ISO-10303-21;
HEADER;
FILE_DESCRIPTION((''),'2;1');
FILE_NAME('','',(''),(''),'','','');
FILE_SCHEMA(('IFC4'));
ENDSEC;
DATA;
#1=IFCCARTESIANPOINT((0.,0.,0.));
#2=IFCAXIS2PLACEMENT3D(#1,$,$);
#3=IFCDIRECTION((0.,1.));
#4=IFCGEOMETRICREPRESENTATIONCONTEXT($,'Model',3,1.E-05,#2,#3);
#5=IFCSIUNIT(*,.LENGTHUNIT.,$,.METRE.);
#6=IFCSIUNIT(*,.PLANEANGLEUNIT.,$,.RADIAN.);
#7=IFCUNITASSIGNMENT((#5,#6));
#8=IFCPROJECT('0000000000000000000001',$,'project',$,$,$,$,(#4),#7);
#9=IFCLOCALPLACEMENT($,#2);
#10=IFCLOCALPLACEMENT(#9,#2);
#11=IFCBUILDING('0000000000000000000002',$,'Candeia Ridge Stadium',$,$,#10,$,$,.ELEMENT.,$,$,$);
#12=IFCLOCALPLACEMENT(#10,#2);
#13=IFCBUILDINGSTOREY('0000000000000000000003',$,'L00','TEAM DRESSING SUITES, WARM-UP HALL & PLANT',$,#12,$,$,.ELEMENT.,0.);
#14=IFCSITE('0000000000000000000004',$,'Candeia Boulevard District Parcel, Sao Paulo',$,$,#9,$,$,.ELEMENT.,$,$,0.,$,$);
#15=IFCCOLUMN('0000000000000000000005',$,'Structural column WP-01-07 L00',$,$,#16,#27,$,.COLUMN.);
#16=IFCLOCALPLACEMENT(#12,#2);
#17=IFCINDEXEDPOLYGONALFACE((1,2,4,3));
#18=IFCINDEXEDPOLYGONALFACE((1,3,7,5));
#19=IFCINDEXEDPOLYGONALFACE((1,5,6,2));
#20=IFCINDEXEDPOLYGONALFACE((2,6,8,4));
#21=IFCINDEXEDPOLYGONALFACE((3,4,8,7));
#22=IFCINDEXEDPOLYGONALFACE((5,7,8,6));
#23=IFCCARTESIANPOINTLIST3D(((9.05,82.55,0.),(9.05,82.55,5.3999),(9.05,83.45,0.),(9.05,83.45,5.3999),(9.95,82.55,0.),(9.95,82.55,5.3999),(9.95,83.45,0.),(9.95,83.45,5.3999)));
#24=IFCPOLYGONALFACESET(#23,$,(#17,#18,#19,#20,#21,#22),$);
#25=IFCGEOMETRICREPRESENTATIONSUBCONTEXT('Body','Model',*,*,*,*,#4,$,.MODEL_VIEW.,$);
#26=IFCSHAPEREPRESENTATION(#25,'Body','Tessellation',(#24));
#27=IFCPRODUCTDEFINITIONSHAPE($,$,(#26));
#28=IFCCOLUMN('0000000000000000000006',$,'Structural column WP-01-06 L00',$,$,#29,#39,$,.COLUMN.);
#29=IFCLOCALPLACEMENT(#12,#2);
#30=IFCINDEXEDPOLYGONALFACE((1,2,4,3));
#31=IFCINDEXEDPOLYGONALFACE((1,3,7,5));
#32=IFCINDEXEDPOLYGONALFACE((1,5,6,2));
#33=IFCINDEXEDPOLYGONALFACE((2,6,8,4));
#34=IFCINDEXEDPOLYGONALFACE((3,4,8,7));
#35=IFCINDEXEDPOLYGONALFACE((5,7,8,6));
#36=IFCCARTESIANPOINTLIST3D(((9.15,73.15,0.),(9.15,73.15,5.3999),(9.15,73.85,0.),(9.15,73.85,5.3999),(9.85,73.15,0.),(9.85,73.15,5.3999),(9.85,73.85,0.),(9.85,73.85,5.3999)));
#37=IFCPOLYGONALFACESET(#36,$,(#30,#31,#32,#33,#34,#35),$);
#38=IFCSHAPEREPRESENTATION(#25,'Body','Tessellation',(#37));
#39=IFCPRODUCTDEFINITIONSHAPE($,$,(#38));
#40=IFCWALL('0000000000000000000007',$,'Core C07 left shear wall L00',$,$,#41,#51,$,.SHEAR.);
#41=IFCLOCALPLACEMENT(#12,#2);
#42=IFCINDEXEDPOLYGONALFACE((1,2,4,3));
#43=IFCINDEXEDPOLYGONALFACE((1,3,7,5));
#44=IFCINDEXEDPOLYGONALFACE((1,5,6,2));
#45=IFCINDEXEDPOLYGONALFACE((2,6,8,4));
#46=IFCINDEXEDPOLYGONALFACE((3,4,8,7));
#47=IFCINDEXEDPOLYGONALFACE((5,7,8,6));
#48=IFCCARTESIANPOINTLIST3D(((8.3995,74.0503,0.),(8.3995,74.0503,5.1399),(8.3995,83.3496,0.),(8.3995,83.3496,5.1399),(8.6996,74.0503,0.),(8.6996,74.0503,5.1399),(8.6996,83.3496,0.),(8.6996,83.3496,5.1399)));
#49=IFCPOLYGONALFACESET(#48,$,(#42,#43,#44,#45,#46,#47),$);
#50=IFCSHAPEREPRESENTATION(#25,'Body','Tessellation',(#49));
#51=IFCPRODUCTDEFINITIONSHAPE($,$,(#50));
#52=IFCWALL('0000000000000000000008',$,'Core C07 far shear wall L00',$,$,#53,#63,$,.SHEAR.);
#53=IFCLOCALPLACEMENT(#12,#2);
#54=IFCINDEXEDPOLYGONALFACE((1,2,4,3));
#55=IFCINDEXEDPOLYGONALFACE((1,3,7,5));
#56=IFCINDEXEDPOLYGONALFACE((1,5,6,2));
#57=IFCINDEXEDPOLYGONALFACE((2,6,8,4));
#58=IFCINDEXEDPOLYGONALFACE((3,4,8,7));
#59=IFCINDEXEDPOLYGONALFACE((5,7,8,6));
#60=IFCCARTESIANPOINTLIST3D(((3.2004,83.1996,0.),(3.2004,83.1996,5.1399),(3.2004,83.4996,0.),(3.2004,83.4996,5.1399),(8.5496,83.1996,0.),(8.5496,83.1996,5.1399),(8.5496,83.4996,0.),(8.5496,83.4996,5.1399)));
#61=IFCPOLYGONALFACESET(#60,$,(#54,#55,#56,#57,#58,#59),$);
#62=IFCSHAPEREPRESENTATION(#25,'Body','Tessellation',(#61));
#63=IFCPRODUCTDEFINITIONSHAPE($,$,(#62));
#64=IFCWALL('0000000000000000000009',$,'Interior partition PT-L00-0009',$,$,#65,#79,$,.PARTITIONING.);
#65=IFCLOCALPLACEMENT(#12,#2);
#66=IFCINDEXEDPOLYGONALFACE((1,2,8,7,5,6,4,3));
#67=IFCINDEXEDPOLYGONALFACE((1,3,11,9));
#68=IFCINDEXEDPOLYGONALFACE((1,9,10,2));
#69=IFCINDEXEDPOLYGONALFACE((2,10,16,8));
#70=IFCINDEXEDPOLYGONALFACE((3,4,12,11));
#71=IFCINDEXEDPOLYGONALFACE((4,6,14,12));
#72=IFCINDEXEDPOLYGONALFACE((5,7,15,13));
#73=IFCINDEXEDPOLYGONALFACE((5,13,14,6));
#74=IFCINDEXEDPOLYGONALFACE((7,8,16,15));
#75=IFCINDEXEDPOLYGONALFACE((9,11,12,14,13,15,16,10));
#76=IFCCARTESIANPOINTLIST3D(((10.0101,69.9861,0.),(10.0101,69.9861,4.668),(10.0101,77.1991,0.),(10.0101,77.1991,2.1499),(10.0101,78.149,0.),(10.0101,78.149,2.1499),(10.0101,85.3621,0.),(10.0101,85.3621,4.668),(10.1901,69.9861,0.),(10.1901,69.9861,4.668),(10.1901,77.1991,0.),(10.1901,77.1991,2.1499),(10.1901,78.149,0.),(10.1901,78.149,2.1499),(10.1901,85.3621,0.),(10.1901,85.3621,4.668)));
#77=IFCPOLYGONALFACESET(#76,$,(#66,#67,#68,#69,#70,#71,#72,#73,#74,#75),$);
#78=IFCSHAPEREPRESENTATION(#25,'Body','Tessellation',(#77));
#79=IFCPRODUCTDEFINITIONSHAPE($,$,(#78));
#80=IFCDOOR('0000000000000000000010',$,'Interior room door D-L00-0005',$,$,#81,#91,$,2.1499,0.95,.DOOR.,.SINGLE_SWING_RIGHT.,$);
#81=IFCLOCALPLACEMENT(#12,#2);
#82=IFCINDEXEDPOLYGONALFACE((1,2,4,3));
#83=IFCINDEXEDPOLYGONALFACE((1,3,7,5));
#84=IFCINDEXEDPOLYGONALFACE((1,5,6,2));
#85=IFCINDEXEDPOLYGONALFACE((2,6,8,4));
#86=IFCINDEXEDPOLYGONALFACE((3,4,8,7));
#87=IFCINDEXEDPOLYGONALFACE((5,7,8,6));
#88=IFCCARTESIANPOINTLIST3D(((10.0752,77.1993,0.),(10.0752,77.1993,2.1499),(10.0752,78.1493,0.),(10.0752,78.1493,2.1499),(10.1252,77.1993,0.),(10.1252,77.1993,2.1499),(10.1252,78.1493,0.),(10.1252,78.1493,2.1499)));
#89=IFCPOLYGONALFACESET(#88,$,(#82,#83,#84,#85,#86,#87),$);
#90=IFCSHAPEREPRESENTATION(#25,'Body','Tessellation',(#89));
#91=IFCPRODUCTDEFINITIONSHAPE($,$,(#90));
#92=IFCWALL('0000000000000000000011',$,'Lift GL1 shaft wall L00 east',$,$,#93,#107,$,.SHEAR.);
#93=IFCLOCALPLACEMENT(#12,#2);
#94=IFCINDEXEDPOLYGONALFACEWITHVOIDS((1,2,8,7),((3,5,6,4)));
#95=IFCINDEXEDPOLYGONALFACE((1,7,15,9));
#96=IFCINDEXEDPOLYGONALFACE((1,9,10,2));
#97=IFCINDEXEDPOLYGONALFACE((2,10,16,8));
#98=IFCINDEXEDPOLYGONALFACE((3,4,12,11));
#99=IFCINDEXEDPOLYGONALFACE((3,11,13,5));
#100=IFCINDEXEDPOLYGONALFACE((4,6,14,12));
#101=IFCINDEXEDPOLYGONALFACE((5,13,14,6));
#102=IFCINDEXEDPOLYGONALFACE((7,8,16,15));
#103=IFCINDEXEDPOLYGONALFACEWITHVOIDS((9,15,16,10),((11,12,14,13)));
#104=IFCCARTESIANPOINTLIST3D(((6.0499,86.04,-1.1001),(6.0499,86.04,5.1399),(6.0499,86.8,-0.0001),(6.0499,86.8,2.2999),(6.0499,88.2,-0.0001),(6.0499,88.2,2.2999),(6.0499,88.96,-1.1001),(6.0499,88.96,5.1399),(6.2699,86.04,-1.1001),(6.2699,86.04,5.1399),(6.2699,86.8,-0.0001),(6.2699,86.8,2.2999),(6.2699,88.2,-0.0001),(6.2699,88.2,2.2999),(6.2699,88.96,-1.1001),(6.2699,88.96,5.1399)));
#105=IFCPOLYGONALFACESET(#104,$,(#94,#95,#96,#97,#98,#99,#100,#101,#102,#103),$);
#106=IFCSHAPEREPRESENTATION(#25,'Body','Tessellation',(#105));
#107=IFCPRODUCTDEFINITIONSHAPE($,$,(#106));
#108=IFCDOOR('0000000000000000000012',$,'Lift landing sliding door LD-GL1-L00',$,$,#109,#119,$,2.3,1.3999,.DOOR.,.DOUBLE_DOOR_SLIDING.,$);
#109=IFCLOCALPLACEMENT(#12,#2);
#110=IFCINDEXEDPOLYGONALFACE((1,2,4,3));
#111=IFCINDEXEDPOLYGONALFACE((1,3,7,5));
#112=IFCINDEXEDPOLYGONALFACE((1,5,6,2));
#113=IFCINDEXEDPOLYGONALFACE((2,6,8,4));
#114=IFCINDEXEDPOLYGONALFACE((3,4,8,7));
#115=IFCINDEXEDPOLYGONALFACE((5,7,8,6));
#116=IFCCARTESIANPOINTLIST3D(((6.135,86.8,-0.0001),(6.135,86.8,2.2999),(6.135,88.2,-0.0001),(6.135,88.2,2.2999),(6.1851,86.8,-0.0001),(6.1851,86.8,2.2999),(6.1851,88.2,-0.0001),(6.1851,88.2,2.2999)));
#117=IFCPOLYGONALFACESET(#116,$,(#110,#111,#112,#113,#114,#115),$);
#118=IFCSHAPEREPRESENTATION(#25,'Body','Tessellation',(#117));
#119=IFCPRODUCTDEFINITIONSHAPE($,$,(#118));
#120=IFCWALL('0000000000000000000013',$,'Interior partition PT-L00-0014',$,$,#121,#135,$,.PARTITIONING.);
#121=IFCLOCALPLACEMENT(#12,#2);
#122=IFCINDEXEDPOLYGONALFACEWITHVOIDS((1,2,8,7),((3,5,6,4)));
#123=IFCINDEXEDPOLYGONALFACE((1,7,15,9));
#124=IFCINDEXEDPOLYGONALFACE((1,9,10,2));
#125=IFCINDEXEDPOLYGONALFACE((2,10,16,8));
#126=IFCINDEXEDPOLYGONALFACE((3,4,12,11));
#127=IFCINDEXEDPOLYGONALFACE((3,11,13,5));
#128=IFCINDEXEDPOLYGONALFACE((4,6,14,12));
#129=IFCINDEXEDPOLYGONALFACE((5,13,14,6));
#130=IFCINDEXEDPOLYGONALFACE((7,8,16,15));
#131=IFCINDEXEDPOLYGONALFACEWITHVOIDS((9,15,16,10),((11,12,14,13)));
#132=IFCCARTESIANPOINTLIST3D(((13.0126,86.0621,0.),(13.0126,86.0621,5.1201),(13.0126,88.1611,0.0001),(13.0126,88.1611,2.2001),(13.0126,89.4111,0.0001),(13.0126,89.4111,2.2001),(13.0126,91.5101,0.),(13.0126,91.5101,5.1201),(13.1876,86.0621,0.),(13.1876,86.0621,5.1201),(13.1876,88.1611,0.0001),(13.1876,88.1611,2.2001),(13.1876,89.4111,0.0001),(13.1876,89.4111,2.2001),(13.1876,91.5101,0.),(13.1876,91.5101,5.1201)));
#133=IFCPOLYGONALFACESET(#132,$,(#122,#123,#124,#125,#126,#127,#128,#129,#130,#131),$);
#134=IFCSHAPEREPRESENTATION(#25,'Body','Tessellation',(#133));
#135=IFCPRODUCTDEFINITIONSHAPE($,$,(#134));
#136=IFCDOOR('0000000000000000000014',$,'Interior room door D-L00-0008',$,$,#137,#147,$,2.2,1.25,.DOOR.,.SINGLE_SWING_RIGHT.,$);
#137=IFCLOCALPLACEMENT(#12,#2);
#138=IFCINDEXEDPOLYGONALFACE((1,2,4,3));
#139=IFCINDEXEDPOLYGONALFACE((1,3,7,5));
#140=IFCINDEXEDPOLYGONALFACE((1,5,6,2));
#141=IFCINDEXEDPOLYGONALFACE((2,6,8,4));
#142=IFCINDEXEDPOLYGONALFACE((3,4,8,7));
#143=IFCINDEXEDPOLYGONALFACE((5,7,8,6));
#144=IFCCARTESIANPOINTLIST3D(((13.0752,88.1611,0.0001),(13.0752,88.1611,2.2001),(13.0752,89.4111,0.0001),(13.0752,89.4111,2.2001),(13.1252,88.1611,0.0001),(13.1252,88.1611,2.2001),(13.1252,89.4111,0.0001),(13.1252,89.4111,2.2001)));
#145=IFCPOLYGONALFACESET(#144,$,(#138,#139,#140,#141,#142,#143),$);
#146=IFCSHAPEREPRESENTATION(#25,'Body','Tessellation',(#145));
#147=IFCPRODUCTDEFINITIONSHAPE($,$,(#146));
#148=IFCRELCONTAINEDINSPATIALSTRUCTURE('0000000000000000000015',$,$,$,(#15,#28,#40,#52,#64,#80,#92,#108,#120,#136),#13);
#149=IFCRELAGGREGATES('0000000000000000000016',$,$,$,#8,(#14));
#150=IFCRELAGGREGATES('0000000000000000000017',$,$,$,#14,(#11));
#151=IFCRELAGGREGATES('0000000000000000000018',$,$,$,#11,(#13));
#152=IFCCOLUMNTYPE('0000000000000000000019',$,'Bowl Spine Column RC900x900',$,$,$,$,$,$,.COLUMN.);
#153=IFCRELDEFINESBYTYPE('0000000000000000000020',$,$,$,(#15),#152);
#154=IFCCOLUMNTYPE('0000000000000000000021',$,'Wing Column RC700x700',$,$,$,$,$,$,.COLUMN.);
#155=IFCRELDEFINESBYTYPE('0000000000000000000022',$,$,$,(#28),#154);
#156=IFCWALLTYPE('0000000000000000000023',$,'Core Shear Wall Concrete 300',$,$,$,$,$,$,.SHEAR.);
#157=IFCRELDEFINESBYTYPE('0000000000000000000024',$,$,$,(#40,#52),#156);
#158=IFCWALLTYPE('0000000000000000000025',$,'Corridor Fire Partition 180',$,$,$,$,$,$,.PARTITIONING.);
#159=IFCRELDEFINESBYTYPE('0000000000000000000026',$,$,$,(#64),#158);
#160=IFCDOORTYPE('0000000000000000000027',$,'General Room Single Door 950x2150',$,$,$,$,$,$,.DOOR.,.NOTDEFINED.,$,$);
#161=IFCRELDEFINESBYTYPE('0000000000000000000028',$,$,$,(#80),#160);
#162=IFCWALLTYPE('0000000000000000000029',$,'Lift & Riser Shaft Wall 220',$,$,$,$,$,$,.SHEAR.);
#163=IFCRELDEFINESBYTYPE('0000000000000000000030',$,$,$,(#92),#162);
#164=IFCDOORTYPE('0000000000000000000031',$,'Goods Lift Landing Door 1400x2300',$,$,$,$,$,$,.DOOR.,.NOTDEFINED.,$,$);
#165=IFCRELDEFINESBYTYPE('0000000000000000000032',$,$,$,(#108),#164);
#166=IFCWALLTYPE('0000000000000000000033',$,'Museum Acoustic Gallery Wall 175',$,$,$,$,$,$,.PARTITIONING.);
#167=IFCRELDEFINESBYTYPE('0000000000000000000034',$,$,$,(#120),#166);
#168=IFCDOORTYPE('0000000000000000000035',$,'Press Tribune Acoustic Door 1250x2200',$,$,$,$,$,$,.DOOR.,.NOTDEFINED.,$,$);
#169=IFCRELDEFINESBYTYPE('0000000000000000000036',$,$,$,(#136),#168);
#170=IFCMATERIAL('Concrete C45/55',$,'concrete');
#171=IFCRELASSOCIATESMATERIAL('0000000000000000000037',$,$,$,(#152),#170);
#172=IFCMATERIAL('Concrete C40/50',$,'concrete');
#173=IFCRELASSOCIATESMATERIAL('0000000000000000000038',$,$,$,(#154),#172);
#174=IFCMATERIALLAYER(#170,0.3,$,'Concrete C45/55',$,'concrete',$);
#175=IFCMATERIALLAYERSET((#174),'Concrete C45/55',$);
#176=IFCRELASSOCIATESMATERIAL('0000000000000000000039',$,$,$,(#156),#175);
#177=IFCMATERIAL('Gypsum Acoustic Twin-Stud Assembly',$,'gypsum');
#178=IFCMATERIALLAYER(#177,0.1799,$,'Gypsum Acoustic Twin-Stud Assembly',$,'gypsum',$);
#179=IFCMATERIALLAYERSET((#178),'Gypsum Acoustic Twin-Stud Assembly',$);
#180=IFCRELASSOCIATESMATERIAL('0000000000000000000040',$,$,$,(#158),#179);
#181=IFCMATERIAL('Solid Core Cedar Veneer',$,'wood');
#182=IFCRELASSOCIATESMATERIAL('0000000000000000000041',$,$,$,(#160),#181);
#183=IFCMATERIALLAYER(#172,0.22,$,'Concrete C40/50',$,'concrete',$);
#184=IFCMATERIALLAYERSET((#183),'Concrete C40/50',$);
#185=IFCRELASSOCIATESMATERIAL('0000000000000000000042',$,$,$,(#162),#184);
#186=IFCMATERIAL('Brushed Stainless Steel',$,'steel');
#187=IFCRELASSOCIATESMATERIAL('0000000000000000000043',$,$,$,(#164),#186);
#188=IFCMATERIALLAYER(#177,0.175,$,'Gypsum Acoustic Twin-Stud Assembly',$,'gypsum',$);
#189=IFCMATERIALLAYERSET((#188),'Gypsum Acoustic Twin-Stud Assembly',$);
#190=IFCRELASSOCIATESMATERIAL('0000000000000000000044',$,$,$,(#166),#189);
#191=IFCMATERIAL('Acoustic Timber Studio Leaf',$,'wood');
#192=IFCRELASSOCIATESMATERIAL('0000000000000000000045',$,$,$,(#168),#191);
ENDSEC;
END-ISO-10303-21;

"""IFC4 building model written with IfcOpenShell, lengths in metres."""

from ifc_helpers import new_model, si_unit, direction, frame, frame_2d, origin, origin_2d, place, context, subcontext, project, spatial, rectangle, extrude, material, layer, layer_set, material_profile, profile_set, type_object, element, fill, save


model = new_model("IFC4")

# Units and contexts
model_context = context("Model", 3, precision=1e-05, world=origin(), true_north=direction((0.0, 1.0)))
body_context = subcontext(model_context, "Body", "Model", "MODEL_VIEW")
ifc_project = project(units=[si_unit("LENGTHUNIT", "METRE"), si_unit("PLANEANGLEUNIT", "RADIAN")], contexts=[model_context])

# Site, building, storey
site_placement = place(None, origin())
site = spatial("IfcSite", under=ifc_project, at=site_placement, Name="Candeia Boulevard District Parcel, Sao Paulo", CompositionType="ELEMENT", RefElevation=0.0)
building_placement = place(site_placement, origin())
building = spatial("IfcBuilding", under=site, at=building_placement, Name="Candeia Ridge Stadium", CompositionType="ELEMENT")
storey_placement = place(building_placement, origin())
storey = spatial("IfcBuildingStorey", under=building, at=storey_placement, Name="L00", Description="TEAM DRESSING SUITES, WARM-UP HALL & PLANT", CompositionType="ELEMENT", Elevation=0.0)

# Shared definitions
ifc_material_1 = material(Name="Concrete C40/50", Category="concrete")

# Columns
ifc_material_2 = material(Name="Concrete C45/55", Category="concrete")
ifc_material_profile_1 = material_profile(ifc_material_2, rectangle(XDim=0.8999, YDim=0.8999, at=origin_2d()), Name="RC900x900", Category="concrete")
ifc_profile_set_1 = profile_set([ifc_material_profile_1], Name="Concrete C45/55")
column_type_1 = type_object("IfcColumnType", Name="Bowl Spine Column RC900x900", PredefinedType="COLUMN", material=ifc_profile_set_1)
column_1_placement = place(storey_placement, frame((9.5, 83.0, 0.0), z_axis=(0.0, 0.0, 1.0), x_axis=(1.0, 0.0, 0.0)))
element("IfcColumn", 1, at=column_1_placement, inside=storey, type_object=column_type_1, Name="Structural column WP-01-07 L00", PredefinedType="COLUMN", context=body_context, shape_type="SweptSolid", body=[
    extrude(rectangle(XDim=0.8999, YDim=0.8999, at=origin_2d()), origin(), (0.0, 0.0, 1.0), 5.3999),
])
ifc_material_profile_2 = material_profile(ifc_material_1, rectangle(XDim=0.7, YDim=0.7, at=origin_2d()), Name="RC700x700", Category="concrete")
ifc_profile_set_2 = profile_set([ifc_material_profile_2], Name="Concrete C40/50")
column_type_2 = type_object("IfcColumnType", Name="Wing Column RC700x700", PredefinedType="COLUMN", material=ifc_profile_set_2)
column_2_placement = place(storey_placement, frame((9.5, 73.5, 0.0), z_axis=(0.0, 0.0, 1.0), x_axis=(1.0, 0.0, 0.0)))
element("IfcColumn", 2, at=column_2_placement, inside=storey, type_object=column_type_2, Name="Structural column WP-01-06 L00", PredefinedType="COLUMN", context=body_context, shape_type="SweptSolid", body=[
    extrude(rectangle(XDim=0.7, YDim=0.7, at=origin_2d()), origin(), (0.0, 0.0, 1.0), 5.3999),
])

# Walls
ifc_layer_1 = layer(ifc_material_2, 0.3, Name="Concrete C45/55", Category="concrete")
ifc_layer_set_1 = layer_set([ifc_layer_1], Name="Concrete C45/55")
wall_type_1 = type_object("IfcWallType", Name="Core Shear Wall Concrete 300", PredefinedType="SHEAR", material=ifc_layer_set_1)
wall_1_placement = place(storey_placement, frame((8.5496, 74.0503, 0.0), z_axis=(0.0, 0.0, 1.0), x_axis=(0.0, 1.0, 0.0)))
element("IfcWall", 3, at=wall_1_placement, inside=storey, type_object=wall_type_1, Name="Core C07 left shear wall L00", PredefinedType="SHEAR", context=body_context, shape_type="SweptSolid", body=[
    extrude(rectangle(XDim=9.2993, YDim=0.3, at=frame_2d((4.6497, 0.0))), origin(), (0.0, 0.0, 1.0), 5.1399),
])
wall_2_placement = place(storey_placement, frame((8.5496, 83.3496, 0.0), z_axis=(0.0, 0.0, 1.0), x_axis=(-1.0, 0.0, 0.0)))
element("IfcWall", 4, at=wall_2_placement, inside=storey, type_object=wall_type_1, Name="Core C07 far shear wall L00", PredefinedType="SHEAR", context=body_context, shape_type="SweptSolid", body=[
    extrude(rectangle(XDim=5.3491, YDim=0.3, at=frame_2d((2.6746, 0.0))), origin(), (0.0, 0.0, 1.0), 5.1399),
])

# Walls, openings, doors
ifc_material_3 = material(Name="Gypsum Acoustic Twin-Stud Assembly", Category="gypsum")
ifc_layer_2 = layer(ifc_material_3, 0.1799, Name="Gypsum Acoustic Twin-Stud Assembly", Category="gypsum")
ifc_layer_set_2 = layer_set([ifc_layer_2], Name="Gypsum Acoustic Twin-Stud Assembly")
wall_type_2 = type_object("IfcWallType", Name="Corridor Fire Partition 180", PredefinedType="PARTITIONING", material=ifc_layer_set_2)
wall_3_placement = place(storey_placement, frame((10.1001, 85.3621, 0.0), z_axis=(0.0, 0.0, 1.0), x_axis=(0.0, -1.0, 0.0)))
wall_3 = element("IfcWall", 5, at=wall_3_placement, inside=storey, type_object=wall_type_2, Name="Interior partition PT-L00-0009", PredefinedType="PARTITIONING", context=body_context, shape_type="SweptSolid", body=[
    extrude(rectangle(XDim=15.376, YDim=0.1799, at=frame_2d((7.688, 0.0))), origin(), (0.0, 0.0, 1.0), 4.668),
])
opening_1_placement = place(wall_3_placement, frame((7.2129, 0.0, 0.0)))
opening_1 = element("IfcOpeningElement", 6, at=opening_1_placement, cuts=wall_3, PredefinedType="OPENING", context=body_context, shape_type="SweptSolid", body=[
    extrude(rectangle(XDim=0.95, YDim=2.1499, at=frame_2d((0.4751, 1.075))), frame((0.0, 0.0999, 0.0), z_axis=(0.0, -1.0, 0.0), x_axis=(1.0, 0.0, 0.0)), (0.0, 0.0, 1.0), 0.2),
])
ifc_material_4 = material(Name="Solid Core Cedar Veneer", Category="wood")
door_type_1 = type_object("IfcDoorType", Name="General Room Single Door 950x2150", OperationType="NOTDEFINED", PredefinedType="DOOR", material=ifc_material_4)
door_1_placement = place(opening_1_placement, frame((0.95, 0.0, 0.0), z_axis=(0.0, 0.0, 1.0), x_axis=(-1.0, 0.0, 0.0)))
door_1 = element("IfcDoor", 7, at=door_1_placement, inside=storey, type_object=door_type_1, Name="Interior room door D-L00-0005", OperationType="SINGLE_SWING_RIGHT", OverallHeight=2.1499, OverallWidth=0.95, PredefinedType="DOOR", context=body_context, shape_type="SweptSolid", body=[
    extrude(rectangle(XDim=0.95, YDim=2.1499, at=frame_2d((0.4751, 1.075))), frame((0.0, 0.0249, 0.0), z_axis=(0.0, -1.0, 0.0), x_axis=(1.0, 0.0, 0.0)), (0.0, 0.0, 1.0), 0.05),
])
fill(opening_1, door_1)
ifc_layer_3 = layer(ifc_material_1, 0.22, Name="Concrete C40/50", Category="concrete")
ifc_layer_set_3 = layer_set([ifc_layer_3], Name="Concrete C40/50")
wall_type_3 = type_object("IfcWallType", Name="Lift & Riser Shaft Wall 220", PredefinedType="SHEAR", material=ifc_layer_set_3)
wall_4_placement = place(storey_placement, frame((6.1599, 86.04, -1.1001), z_axis=(0.0, 0.0, 1.0), x_axis=(0.0, 1.0, 0.0)))
wall_4 = element("IfcWall", 8, at=wall_4_placement, inside=storey, type_object=wall_type_3, Name="Lift GL1 shaft wall L00 east", PredefinedType="SHEAR", context=body_context, shape_type="SweptSolid", body=[
    extrude(rectangle(XDim=2.9199, YDim=0.22, at=frame_2d((1.46, 0.0))), origin(), (0.0, 0.0, 1.0), 6.24),
])
opening_2_placement = place(wall_4_placement, frame((0.76, 0.0, 1.1001)))
opening_2 = element("IfcOpeningElement", 9, at=opening_2_placement, cuts=wall_4, PredefinedType="OPENING", context=body_context, shape_type="SweptSolid", body=[
    extrude(rectangle(XDim=1.3999, YDim=2.3, at=frame_2d((0.7, 1.1499))), frame((0.0, 0.1199, 0.0), z_axis=(0.0, -1.0, 0.0), x_axis=(1.0, 0.0, 0.0)), (0.0, 0.0, 1.0), 0.24),
])
ifc_material_5 = material(Name="Brushed Stainless Steel", Category="steel")
door_type_2 = type_object("IfcDoorType", Name="Goods Lift Landing Door 1400x2300", OperationType="NOTDEFINED", PredefinedType="DOOR", material=ifc_material_5)
door_2_placement = place(opening_2_placement, origin())
door_2 = element("IfcDoor", 10, at=door_2_placement, inside=storey, type_object=door_type_2, Name="Lift landing sliding door LD-GL1-L00", OperationType="DOUBLE_DOOR_SLIDING", OverallHeight=2.3, OverallWidth=1.3999, PredefinedType="DOOR", context=body_context, shape_type="SweptSolid", body=[
    extrude(rectangle(XDim=1.3999, YDim=2.3, at=frame_2d((0.7, 1.1499))), frame((0.0, 0.0249, 0.0), z_axis=(0.0, -1.0, 0.0), x_axis=(1.0, 0.0, 0.0)), (0.0, 0.0, 1.0), 0.05),
])
fill(opening_2, door_2)
ifc_layer_4 = layer(ifc_material_3, 0.175, Name="Gypsum Acoustic Twin-Stud Assembly", Category="gypsum")
ifc_layer_set_4 = layer_set([ifc_layer_4], Name="Gypsum Acoustic Twin-Stud Assembly")
wall_type_4 = type_object("IfcWallType", Name="Museum Acoustic Gallery Wall 175", PredefinedType="PARTITIONING", material=ifc_layer_set_4)
wall_5_placement = place(storey_placement, frame((13.1001, 86.062, 0.0), z_axis=(0.0, 0.0, 1.0), x_axis=(0.0, 1.0, 0.0)))
wall_5 = element("IfcWall", 11, at=wall_5_placement, inside=storey, type_object=wall_type_4, Name="Interior partition PT-L00-0014", PredefinedType="PARTITIONING", context=body_context, shape_type="SweptSolid", body=[
    extrude(rectangle(XDim=5.448, YDim=0.175, at=frame_2d((2.7241, 0.0))), origin(), (0.0, 0.0, 1.0), 5.1201),
])
opening_3_placement = place(wall_5_placement, frame((2.0991, 0.0, 0.0)))
opening_3 = element("IfcOpeningElement", 12, at=opening_3_placement, cuts=wall_5, PredefinedType="OPENING", context=body_context, shape_type="SweptSolid", body=[
    extrude(rectangle(XDim=1.25, YDim=2.2, at=frame_2d((0.625, 1.1001))), frame((0.0, 0.0974, 0.0), z_axis=(0.0, -1.0, 0.0), x_axis=(1.0, 0.0, 0.0)), (0.0, 0.0, 1.0), 0.1951),
])
ifc_material_6 = material(Name="Acoustic Timber Studio Leaf", Category="wood")
door_type_3 = type_object("IfcDoorType", Name="Press Tribune Acoustic Door 1250x2200", OperationType="NOTDEFINED", PredefinedType="DOOR", material=ifc_material_6)
door_3_placement = place(opening_3_placement, origin())
door_3 = element("IfcDoor", 13, at=door_3_placement, inside=storey, type_object=door_type_3, Name="Interior room door D-L00-0008", OperationType="SINGLE_SWING_RIGHT", OverallHeight=2.2, OverallWidth=1.25, PredefinedType="DOOR", context=body_context, shape_type="SweptSolid", body=[
    extrude(rectangle(XDim=1.25, YDim=2.2, at=frame_2d((0.625, 1.1001))), frame((0.0, 0.0249, 0.0), z_axis=(0.0, -1.0, 0.0), x_axis=(1.0, 0.0, 0.0)), (0.0, 0.0, 1.0), 0.05),
])
fill(opening_3, door_3)

save(model, "model.ifc")
